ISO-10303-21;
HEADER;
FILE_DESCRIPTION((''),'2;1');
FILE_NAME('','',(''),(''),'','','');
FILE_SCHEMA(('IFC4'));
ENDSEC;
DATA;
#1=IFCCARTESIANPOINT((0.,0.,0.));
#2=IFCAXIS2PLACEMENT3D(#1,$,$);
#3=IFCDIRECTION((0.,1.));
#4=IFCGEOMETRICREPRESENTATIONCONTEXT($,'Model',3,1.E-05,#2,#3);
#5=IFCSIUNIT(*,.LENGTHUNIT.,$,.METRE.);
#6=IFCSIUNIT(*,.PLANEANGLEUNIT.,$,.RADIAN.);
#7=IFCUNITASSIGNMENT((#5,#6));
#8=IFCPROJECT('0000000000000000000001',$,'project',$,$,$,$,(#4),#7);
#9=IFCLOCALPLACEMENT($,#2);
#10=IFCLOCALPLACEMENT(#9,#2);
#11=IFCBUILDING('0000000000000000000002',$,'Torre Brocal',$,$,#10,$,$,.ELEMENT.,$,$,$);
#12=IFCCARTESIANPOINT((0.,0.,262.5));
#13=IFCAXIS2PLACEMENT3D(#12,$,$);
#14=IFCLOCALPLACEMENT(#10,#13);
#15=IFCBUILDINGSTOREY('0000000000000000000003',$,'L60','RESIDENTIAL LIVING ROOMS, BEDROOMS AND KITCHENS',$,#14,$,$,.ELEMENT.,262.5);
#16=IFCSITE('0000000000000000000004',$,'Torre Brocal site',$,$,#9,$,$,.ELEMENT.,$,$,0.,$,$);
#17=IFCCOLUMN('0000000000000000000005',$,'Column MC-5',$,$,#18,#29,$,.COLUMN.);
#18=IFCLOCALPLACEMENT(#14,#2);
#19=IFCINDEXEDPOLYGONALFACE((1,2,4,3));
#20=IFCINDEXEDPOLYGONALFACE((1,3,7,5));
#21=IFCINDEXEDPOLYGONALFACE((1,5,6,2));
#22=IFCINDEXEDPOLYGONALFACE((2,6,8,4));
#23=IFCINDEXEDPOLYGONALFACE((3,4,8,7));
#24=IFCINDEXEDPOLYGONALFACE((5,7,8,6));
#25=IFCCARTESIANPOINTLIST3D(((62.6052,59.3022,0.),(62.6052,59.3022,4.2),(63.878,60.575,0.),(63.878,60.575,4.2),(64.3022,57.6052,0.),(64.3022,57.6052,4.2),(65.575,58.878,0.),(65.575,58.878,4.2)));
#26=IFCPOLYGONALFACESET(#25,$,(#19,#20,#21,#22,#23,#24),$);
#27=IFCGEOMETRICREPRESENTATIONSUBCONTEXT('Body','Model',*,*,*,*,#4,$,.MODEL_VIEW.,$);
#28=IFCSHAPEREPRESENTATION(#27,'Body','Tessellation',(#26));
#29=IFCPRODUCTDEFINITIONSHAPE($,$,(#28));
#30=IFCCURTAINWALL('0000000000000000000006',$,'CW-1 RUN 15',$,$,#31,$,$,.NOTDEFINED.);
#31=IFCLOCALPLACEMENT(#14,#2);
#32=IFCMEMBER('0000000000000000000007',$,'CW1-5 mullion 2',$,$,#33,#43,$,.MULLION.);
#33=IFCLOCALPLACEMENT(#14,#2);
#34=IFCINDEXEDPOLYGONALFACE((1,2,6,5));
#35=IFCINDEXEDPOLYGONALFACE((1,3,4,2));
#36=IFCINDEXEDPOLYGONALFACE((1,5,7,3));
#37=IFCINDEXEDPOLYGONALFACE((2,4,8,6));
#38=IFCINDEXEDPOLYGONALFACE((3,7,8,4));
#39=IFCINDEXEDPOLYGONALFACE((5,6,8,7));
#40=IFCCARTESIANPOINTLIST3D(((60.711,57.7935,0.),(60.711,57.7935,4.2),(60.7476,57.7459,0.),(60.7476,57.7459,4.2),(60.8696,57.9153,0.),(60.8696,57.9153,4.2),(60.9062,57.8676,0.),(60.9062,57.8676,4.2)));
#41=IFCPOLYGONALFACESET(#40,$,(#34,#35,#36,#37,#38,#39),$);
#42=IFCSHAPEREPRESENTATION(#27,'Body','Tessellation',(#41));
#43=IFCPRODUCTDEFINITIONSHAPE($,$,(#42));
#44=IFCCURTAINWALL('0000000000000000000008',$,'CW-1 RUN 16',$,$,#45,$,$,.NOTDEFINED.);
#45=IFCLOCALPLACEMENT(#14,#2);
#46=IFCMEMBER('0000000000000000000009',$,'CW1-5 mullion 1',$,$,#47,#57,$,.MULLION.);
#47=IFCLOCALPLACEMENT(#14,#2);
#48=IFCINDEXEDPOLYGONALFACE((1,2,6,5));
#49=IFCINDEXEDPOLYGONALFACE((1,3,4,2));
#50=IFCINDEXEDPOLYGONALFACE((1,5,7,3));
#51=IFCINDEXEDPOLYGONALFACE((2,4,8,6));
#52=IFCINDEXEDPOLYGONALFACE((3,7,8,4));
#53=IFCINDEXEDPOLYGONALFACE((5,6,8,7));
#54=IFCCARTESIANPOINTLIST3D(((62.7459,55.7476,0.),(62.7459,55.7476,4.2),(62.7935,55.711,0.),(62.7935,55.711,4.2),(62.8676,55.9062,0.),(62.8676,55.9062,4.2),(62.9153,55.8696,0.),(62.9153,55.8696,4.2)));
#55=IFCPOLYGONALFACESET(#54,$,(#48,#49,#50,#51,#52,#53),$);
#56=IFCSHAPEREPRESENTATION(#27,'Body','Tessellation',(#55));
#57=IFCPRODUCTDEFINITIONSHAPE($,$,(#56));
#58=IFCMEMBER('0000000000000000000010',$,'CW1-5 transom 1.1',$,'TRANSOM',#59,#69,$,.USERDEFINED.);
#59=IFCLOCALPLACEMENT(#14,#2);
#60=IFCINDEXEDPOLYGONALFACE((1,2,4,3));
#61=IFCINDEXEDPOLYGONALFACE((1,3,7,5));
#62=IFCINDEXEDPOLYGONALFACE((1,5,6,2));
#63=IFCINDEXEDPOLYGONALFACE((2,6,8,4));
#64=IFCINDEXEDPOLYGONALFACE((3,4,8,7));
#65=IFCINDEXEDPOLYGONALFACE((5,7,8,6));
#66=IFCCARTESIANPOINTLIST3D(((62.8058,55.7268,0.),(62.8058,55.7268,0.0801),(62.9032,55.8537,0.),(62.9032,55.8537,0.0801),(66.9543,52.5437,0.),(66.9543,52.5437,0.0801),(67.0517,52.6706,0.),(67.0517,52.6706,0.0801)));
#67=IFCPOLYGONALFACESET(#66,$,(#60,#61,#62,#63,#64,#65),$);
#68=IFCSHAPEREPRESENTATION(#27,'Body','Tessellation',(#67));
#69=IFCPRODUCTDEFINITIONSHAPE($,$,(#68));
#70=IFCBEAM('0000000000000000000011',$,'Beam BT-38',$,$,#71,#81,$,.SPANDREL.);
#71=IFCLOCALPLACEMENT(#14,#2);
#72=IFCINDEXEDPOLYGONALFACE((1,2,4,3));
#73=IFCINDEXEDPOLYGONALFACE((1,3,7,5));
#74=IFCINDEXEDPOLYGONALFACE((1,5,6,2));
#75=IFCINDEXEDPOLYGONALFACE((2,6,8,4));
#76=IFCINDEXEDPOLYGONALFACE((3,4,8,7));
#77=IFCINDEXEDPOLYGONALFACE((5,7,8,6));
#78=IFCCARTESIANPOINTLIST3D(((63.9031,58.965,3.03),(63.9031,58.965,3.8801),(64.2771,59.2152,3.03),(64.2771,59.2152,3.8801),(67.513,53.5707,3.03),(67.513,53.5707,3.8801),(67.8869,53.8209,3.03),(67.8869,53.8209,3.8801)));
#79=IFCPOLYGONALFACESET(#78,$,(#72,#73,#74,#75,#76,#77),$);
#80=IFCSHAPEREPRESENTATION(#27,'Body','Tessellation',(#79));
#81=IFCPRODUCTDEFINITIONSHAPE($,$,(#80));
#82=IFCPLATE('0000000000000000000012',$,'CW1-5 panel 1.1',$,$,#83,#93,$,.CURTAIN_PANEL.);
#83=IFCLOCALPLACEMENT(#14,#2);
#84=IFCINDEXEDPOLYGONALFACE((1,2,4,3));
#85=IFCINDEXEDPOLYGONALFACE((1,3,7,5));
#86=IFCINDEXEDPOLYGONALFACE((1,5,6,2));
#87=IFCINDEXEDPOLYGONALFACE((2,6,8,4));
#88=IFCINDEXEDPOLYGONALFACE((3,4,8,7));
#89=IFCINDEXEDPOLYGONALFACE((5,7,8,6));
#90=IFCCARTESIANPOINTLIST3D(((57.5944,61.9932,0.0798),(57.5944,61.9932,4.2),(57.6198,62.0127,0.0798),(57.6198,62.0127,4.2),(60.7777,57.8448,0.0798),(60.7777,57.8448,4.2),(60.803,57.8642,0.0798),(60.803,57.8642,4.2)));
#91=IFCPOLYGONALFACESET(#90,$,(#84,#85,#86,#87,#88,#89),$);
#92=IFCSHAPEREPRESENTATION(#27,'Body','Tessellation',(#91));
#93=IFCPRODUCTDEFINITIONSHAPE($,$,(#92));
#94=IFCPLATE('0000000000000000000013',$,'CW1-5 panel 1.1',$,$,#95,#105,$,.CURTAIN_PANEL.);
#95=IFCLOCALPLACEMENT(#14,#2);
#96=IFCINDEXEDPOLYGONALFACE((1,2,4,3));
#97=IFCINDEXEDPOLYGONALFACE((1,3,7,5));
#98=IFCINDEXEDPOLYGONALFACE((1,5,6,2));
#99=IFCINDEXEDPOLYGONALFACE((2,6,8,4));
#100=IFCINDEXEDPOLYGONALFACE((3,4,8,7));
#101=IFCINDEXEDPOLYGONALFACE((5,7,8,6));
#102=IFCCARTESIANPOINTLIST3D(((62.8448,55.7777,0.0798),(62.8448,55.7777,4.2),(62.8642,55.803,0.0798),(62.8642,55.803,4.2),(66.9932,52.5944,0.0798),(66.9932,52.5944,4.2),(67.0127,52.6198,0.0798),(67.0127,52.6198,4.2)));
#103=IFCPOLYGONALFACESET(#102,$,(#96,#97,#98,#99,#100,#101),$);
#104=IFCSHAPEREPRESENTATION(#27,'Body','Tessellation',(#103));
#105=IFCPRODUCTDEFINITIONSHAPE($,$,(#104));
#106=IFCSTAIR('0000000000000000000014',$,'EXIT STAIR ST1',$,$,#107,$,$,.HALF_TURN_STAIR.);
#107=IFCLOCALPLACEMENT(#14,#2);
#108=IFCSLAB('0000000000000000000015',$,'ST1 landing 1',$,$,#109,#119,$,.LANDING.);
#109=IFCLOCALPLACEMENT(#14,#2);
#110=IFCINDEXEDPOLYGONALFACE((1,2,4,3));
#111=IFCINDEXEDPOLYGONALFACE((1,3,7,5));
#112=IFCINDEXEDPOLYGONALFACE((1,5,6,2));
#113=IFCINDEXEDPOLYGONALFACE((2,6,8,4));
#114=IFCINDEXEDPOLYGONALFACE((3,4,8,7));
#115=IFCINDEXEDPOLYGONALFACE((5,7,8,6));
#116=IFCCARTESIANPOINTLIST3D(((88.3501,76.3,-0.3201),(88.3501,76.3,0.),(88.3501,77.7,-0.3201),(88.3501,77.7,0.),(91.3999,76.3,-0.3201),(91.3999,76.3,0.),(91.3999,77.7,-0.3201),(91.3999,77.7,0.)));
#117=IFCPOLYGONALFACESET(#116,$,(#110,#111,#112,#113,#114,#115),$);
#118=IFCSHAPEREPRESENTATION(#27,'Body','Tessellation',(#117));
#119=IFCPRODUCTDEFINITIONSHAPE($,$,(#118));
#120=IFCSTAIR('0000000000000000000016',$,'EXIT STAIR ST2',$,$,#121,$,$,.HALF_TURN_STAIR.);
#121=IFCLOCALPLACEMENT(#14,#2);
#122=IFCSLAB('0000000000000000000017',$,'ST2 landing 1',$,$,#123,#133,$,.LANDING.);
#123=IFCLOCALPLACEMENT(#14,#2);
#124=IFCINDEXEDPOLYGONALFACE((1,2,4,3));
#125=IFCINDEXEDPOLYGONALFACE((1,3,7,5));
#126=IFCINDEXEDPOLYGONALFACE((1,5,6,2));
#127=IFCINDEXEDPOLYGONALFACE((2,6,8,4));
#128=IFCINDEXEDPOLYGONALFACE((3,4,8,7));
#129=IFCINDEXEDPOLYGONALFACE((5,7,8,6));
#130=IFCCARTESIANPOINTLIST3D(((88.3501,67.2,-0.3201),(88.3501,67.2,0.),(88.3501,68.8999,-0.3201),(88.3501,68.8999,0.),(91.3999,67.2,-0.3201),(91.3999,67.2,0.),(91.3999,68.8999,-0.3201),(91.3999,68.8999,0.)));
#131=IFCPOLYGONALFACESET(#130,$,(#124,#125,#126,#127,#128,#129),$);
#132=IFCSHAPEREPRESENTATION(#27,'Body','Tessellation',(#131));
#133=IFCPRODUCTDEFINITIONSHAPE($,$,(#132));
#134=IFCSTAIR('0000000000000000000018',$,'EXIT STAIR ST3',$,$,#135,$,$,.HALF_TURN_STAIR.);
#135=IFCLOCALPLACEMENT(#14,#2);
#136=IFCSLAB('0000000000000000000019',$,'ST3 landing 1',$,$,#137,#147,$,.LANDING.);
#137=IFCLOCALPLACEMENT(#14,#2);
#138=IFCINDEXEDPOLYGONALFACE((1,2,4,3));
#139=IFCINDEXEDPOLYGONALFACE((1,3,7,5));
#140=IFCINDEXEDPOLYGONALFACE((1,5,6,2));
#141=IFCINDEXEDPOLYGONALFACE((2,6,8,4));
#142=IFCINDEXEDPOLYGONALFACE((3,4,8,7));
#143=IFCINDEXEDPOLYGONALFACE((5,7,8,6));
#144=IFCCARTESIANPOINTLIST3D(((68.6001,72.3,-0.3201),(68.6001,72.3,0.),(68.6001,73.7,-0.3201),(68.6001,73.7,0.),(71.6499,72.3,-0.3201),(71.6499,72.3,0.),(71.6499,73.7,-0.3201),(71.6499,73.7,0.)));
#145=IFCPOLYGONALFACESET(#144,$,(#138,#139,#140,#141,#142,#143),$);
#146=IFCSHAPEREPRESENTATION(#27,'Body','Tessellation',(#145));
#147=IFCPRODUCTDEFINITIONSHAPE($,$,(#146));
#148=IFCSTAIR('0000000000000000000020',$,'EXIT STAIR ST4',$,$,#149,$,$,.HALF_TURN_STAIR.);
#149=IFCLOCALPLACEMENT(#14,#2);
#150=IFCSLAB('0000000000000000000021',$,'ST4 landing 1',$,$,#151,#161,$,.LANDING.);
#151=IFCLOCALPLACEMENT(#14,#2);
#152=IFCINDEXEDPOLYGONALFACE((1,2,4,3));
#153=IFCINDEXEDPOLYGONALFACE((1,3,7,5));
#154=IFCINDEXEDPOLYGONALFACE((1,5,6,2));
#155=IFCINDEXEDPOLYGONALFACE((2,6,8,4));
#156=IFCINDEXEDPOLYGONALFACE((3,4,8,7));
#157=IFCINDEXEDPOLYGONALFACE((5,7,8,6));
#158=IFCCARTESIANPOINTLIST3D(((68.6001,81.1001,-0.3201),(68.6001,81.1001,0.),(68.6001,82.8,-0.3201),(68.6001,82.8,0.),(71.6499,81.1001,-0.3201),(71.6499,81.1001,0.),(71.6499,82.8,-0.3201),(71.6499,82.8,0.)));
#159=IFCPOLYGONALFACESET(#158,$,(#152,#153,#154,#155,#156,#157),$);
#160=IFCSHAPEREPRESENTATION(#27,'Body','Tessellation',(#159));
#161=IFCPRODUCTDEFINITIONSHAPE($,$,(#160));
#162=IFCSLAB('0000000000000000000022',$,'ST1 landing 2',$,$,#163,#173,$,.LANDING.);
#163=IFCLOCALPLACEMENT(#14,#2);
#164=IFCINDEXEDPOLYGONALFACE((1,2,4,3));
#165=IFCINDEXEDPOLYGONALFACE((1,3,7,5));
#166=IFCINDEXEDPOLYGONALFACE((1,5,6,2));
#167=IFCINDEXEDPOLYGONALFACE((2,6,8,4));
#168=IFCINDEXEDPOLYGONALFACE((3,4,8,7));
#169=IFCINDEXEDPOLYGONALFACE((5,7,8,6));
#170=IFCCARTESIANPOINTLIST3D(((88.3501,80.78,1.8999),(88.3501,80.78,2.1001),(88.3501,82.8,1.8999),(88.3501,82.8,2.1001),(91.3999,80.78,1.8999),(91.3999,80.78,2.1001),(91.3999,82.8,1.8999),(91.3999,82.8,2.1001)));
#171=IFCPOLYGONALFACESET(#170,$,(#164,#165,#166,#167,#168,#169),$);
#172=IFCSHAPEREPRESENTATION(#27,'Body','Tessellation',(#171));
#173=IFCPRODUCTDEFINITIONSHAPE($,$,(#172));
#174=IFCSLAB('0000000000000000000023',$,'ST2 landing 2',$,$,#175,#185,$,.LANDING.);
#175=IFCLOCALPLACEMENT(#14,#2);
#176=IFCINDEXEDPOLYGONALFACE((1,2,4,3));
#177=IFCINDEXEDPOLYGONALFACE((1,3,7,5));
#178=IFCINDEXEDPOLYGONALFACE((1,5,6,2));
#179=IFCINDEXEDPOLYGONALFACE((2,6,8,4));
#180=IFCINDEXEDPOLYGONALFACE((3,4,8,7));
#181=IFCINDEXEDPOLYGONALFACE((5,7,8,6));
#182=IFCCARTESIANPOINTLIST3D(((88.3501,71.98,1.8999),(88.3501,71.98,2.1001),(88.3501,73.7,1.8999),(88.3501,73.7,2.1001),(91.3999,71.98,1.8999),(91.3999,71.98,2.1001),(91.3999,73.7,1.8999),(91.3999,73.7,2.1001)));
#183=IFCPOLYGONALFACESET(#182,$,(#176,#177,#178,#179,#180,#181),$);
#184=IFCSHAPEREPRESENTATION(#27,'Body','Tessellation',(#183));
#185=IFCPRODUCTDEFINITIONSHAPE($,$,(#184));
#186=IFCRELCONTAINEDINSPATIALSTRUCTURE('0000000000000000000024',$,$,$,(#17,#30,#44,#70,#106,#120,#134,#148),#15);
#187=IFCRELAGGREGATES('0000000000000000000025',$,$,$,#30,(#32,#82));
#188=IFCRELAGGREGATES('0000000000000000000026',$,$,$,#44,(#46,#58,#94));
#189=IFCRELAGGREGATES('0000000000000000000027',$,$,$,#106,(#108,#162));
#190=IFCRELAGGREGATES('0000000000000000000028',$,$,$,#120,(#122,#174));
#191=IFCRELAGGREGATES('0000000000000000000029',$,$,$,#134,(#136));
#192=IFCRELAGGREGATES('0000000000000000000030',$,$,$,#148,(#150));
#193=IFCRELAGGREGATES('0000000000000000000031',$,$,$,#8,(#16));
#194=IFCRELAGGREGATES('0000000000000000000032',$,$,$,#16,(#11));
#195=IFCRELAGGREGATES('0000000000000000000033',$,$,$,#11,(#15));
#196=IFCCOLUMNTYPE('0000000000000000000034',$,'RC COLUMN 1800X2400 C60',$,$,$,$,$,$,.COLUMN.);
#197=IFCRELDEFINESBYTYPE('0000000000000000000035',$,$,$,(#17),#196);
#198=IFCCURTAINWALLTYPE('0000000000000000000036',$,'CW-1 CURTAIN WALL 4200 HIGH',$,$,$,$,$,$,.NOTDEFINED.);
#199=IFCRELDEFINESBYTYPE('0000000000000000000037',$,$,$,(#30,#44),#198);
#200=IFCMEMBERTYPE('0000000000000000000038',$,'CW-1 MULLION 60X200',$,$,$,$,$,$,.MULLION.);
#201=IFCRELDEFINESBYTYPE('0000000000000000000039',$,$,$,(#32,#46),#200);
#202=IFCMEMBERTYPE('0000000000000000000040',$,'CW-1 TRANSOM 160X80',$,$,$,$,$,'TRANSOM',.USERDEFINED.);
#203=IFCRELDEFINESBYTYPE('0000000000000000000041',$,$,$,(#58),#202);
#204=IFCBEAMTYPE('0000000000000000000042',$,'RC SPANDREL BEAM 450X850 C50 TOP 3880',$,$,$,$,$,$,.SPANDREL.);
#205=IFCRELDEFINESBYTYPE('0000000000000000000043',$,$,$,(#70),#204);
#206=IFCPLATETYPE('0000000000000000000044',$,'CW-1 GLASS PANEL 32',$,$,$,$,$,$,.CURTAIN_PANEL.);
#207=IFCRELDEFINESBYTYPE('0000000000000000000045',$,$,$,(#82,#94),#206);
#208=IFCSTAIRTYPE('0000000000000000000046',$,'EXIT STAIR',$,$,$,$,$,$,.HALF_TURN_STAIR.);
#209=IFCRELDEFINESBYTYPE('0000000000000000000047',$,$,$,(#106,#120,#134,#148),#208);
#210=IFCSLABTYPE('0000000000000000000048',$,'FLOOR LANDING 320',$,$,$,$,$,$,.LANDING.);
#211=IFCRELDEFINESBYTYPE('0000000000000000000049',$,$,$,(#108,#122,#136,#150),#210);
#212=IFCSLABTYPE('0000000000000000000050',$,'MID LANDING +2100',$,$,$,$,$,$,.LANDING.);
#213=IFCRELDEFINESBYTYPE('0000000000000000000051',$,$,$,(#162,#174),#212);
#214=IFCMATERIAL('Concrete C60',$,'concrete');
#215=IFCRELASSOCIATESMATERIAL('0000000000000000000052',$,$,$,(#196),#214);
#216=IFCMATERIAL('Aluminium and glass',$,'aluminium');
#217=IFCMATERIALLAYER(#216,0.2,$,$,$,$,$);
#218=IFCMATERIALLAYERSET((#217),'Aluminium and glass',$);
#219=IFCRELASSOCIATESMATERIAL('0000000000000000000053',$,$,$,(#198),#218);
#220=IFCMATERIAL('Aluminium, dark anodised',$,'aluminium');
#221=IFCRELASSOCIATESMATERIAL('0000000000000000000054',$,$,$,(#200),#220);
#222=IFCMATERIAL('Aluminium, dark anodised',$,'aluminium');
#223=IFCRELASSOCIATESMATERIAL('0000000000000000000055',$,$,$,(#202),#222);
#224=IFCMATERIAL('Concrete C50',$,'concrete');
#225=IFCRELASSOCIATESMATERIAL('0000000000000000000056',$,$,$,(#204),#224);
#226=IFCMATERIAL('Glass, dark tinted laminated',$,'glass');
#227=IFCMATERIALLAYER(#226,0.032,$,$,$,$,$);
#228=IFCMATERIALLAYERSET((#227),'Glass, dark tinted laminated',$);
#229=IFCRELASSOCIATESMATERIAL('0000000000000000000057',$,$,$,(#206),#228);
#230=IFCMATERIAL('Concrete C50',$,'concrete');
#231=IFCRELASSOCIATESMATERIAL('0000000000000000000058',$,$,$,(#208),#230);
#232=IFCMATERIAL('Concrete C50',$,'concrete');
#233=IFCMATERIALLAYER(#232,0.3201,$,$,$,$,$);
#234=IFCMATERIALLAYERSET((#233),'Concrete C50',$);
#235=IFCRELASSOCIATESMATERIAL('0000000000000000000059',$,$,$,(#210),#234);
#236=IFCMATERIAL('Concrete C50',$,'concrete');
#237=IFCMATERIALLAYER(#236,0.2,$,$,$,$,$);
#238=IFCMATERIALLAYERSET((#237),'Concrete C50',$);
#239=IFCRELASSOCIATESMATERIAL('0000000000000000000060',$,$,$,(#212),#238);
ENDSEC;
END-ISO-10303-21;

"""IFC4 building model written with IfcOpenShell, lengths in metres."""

from ifc_helpers import new_model, si_unit, direction, frame, origin, origin_2d, place, context, subcontext, project, spatial, polyline, rectangle, outline, extrude, material, layer, layer_set, material_profile, profile_set, type_object, element, aggregate, save


model = new_model("IFC4")

# Units and contexts
model_context = context("Model", 3, precision=1e-05, world=origin(), true_north=direction((0.0, 1.0)))
body_context = subcontext(model_context, "Body", "Model", "MODEL_VIEW")
ifc_project = project(units=[si_unit("LENGTHUNIT", "METRE"), si_unit("PLANEANGLEUNIT", "RADIAN")], contexts=[model_context])

# Site, building, storey
site_placement = place(None, origin())
site = spatial("IfcSite", under=ifc_project, at=site_placement, Name="Torre Brocal site", CompositionType="ELEMENT", RefElevation=0.0)
building_placement = place(site_placement, origin())
building = spatial("IfcBuilding", under=site, at=building_placement, Name="Torre Brocal", CompositionType="ELEMENT")
storey_placement = place(building_placement, frame((0.0, 0.0, 262.5)))
storey = spatial("IfcBuildingStorey", under=building, at=storey_placement, Name="L60", Description="RESIDENTIAL LIVING ROOMS, BEDROOMS AND KITCHENS", CompositionType="ELEMENT", Elevation=262.5)

# Column
ifc_material_1 = material(Name="Concrete C60", Category="concrete")
ifc_material_profile_1 = material_profile(ifc_material_1, rectangle(XDim=1.8, YDim=2.3999, at=origin_2d()), Name="RC 1800X2400")
ifc_profile_set_1 = profile_set([ifc_material_profile_1], Name="Concrete C60")
column_type = type_object("IfcColumnType", Name="RC COLUMN 1800X2400 C60", PredefinedType="COLUMN", material=ifc_profile_set_1)
column_placement = place(storey_placement, frame((64.0901, 59.0901, 0.0), z_axis=(0.0, 0.0, 1.0), x_axis=(-0.707107, -0.707107, 0.0)))
element("IfcColumn", 1, at=column_placement, inside=storey, type_object=column_type, Name="Column MC-5", PredefinedType="COLUMN", context=body_context, shape_type="SweptSolid", body=[
    extrude(rectangle(XDim=1.8, YDim=2.3999, at=origin_2d()), origin(), (0.0, 0.0, 1.0), 4.2),
])

# Curtain wall, member
ifc_material_2 = material(Name="Aluminium and glass", Category="aluminium")
ifc_layer_1 = layer(ifc_material_2, 0.2)
ifc_layer_set_1 = layer_set([ifc_layer_1], Name="Aluminium and glass")
curtain_wall_type = type_object("IfcCurtainWallType", Name="CW-1 CURTAIN WALL 4200 HIGH", PredefinedType="NOTDEFINED", material=ifc_layer_set_1)
curtain_wall_1_placement = place(storey_placement, origin())
curtain_wall_1 = element("IfcCurtainWall", 2, at=curtain_wall_1_placement, inside=storey, type_object=curtain_wall_type, Name="CW-1 RUN 15", PredefinedType="NOTDEFINED")
ifc_material_3 = material(Name="Aluminium, dark anodised", Category="aluminium")
ifc_material_profile_2 = material_profile(ifc_material_3, rectangle(XDim=0.2, YDim=0.0601, at=origin_2d()), Name="CW-1 MULLION 60X200")
ifc_profile_set_2 = profile_set([ifc_material_profile_2], Name="Aluminium, dark anodised")
member_type_1 = type_object("IfcMemberType", Name="CW-1 MULLION 60X200", PredefinedType="MULLION", material=ifc_profile_set_2)
member_1_placement = place(storey_placement, frame((60.8086, 57.8306, 0.0), z_axis=(0.0, 0.0, 1.0), x_axis=(0.793353, 0.608761, 0.0)))
member_1 = element("IfcMember", 3, at=member_1_placement, type_object=member_type_1, Name="CW1-5 mullion 2", PredefinedType="MULLION", context=body_context, shape_type="SweptSolid", body=[
    extrude(rectangle(XDim=0.2, YDim=0.0601, at=origin_2d()), origin(), (0.0, 0.0, 1.0), 4.2),
])

# Curtain wall, members
curtain_wall_2_placement = place(storey_placement, origin())
curtain_wall_2 = element("IfcCurtainWall", 4, at=curtain_wall_2_placement, inside=storey, type_object=curtain_wall_type, Name="CW-1 RUN 16", PredefinedType="NOTDEFINED")
member_2_placement = place(storey_placement, frame((62.8306, 55.8086, 0.0), z_axis=(0.0, 0.0, 1.0), x_axis=(0.608761, 0.793353, 0.0)))
member_2 = element("IfcMember", 5, at=member_2_placement, type_object=member_type_1, Name="CW1-5 mullion 1", PredefinedType="MULLION", context=body_context, shape_type="SweptSolid", body=[
    extrude(rectangle(XDim=0.2, YDim=0.0601, at=origin_2d()), origin(), (0.0, 0.0, 1.0), 4.2),
])
ifc_material_4 = material(Name="Aluminium, dark anodised", Category="aluminium")
ifc_material_profile_3 = material_profile(ifc_material_4, rectangle(XDim=0.1599, YDim=0.0801, at=origin_2d()), Name="CW-1 TRANSOM 160X80")
ifc_profile_set_3 = profile_set([ifc_material_profile_3], Name="Aluminium, dark anodised")
member_type_2 = type_object("IfcMemberType", Name="CW-1 TRANSOM 160X80", ElementType="TRANSOM", PredefinedType="USERDEFINED", material=ifc_profile_set_3)
member_3_placement = place(storey_placement, frame((62.8545, 55.7903, 0.04), z_axis=(0.793363, -0.608749, 0.0), x_axis=(0.608749, 0.793363, 0.0)))
member_3 = element("IfcMember", 6, at=member_3_placement, type_object=member_type_2, Name="CW1-5 transom 1.1", ObjectType="TRANSOM", PredefinedType="USERDEFINED", context=body_context, shape_type="SweptSolid", body=[
    extrude(rectangle(XDim=0.1599, YDim=0.0801, at=origin_2d()), origin(), (0.0, 0.0, 1.0), 5.229),
])

# Beam
ifc_material_5 = material(Name="Concrete C50", Category="concrete")
ifc_material_profile_4 = material_profile(ifc_material_5, rectangle(XDim=0.45, YDim=0.8501, at=origin_2d()), Name="RC 450X850")
ifc_profile_set_4 = profile_set([ifc_material_profile_4], Name="Concrete C50")
beam_type = type_object("IfcBeamType", Name="RC SPANDREL BEAM 450X850 C50 TOP 3880", PredefinedType="SPANDREL", material=ifc_profile_set_4)
beam_placement = place(storey_placement, frame((64.0901, 59.0901, 3.4551), z_axis=(0.556158, -0.831077, 0.0), x_axis=(0.831077, 0.556158, 0.0)))
element("IfcBeam", 7, at=beam_placement, inside=storey, type_object=beam_type, Name="Beam BT-38", PredefinedType="SPANDREL", context=body_context, shape_type="SweptSolid", body=[
    extrude(rectangle(XDim=0.45, YDim=0.8501, at=origin_2d()), origin(), (0.0, 0.0, 1.0), 6.4907),
])

# Plates
ifc_material_6 = material(Name="Glass, dark tinted laminated", Category="glass")
ifc_layer_2 = layer(ifc_material_6, 0.032)
ifc_layer_set_2 = layer_set([ifc_layer_2], Name="Glass, dark tinted laminated")
plate_type = type_object("IfcPlateType", Name="CW-1 GLASS PANEL 32", PredefinedType="CURTAIN_PANEL", material=ifc_layer_set_2)
plate_1_placement = place(storey_placement, frame((59.1987, 59.9287, 0.0798), z_axis=(0.0, 0.0, 1.0), x_axis=(0.608761, -0.793353, 0.0)))
plate_1 = element("IfcPlate", 8, at=plate_1_placement, type_object=plate_type, Name="CW1-5 panel 1.1", PredefinedType="CURTAIN_PANEL", context=body_context, shape_type="SweptSolid", body=[
    extrude(rectangle(XDim=5.229, YDim=0.032, at=origin_2d()), origin(), (0.0, 0.0, 1.0), 4.1201),
])
aggregate(curtain_wall_1, [member_1, plate_1])
plate_2_placement = place(storey_placement, frame((64.9287, 54.1987, 0.0798), z_axis=(0.0, 0.0, 1.0), x_axis=(0.793353, -0.608761, 0.0)))
plate_2 = element("IfcPlate", 9, at=plate_2_placement, type_object=plate_type, Name="CW1-5 panel 1.1", PredefinedType="CURTAIN_PANEL", context=body_context, shape_type="SweptSolid", body=[
    extrude(rectangle(XDim=5.229, YDim=0.032, at=origin_2d()), origin(), (0.0, 0.0, 1.0), 4.1201),
])
aggregate(curtain_wall_2, [member_2, member_3, plate_2])

# Stairs, slabs
ifc_material_7 = material(Name="Concrete C50", Category="concrete")
stair_type = type_object("IfcStairType", Name="EXIT STAIR", PredefinedType="HALF_TURN_STAIR", material=ifc_material_7)
stair_1_placement = place(storey_placement, origin())
stair_1 = element("IfcStair", 10, at=stair_1_placement, inside=storey, type_object=stair_type, Name="EXIT STAIR ST1", PredefinedType="HALF_TURN_STAIR")
ifc_material_8 = material(Name="Concrete C50", Category="concrete")
ifc_layer_3 = layer(ifc_material_8, 0.3201)
ifc_layer_set_3 = layer_set([ifc_layer_3], Name="Concrete C50")
slab_type_1 = type_object("IfcSlabType", Name="FLOOR LANDING 320", PredefinedType="LANDING", material=ifc_layer_set_3)
slab_1_placement = place(storey_placement, frame((0.0, 0.0, -0.3201)))
slab_1 = element("IfcSlab", 11, at=slab_1_placement, type_object=slab_type_1, Name="ST1 landing 1", PredefinedType="LANDING", context=body_context, shape_type="SweptSolid", body=[
    extrude(outline(polyline([(88.3501, 76.3), (91.3999, 76.3), (91.3999, 77.7), (88.3501, 77.7), (88.3501, 76.3)])), origin(), (0.0, 0.0, 1.0), 0.3201),
])
stair_2_placement = place(storey_placement, origin())
stair_2 = element("IfcStair", 12, at=stair_2_placement, inside=storey, type_object=stair_type, Name="EXIT STAIR ST2", PredefinedType="HALF_TURN_STAIR")
slab_2_placement = place(storey_placement, frame((0.0, 0.0, -0.3201)))
slab_2 = element("IfcSlab", 13, at=slab_2_placement, type_object=slab_type_1, Name="ST2 landing 1", PredefinedType="LANDING", context=body_context, shape_type="SweptSolid", body=[
    extrude(outline(polyline([(88.3501, 67.2), (91.3999, 67.2), (91.3999, 68.8999), (88.3501, 68.8999), (88.3501, 67.2)])), origin(), (0.0, 0.0, 1.0), 0.3201),
])
stair_3_placement = place(storey_placement, origin())
stair_3 = element("IfcStair", 14, at=stair_3_placement, inside=storey, type_object=stair_type, Name="EXIT STAIR ST3", PredefinedType="HALF_TURN_STAIR")
slab_3_placement = place(storey_placement, frame((0.0, 0.0, -0.3201)))
slab_3 = element("IfcSlab", 15, at=slab_3_placement, type_object=slab_type_1, Name="ST3 landing 1", PredefinedType="LANDING", context=body_context, shape_type="SweptSolid", body=[
    extrude(outline(polyline([(71.6499, 73.7), (68.6001, 73.7), (68.6001, 72.3), (71.6499, 72.3), (71.6499, 73.7)])), origin(), (0.0, 0.0, 1.0), 0.3201),
])
stair_4_placement = place(storey_placement, origin())
stair_4 = element("IfcStair", 16, at=stair_4_placement, inside=storey, type_object=stair_type, Name="EXIT STAIR ST4", PredefinedType="HALF_TURN_STAIR")
slab_4_placement = place(storey_placement, frame((0.0, 0.0, -0.3201)))
slab_4 = element("IfcSlab", 17, at=slab_4_placement, type_object=slab_type_1, Name="ST4 landing 1", PredefinedType="LANDING", context=body_context, shape_type="SweptSolid", body=[
    extrude(outline(polyline([(71.6499, 82.8), (68.6001, 82.8), (68.6001, 81.1001), (71.6499, 81.1001), (71.6499, 82.8)])), origin(), (0.0, 0.0, 1.0), 0.3201),
])

# Slabs
ifc_material_9 = material(Name="Concrete C50", Category="concrete")
ifc_layer_4 = layer(ifc_material_9, 0.2)
ifc_layer_set_4 = layer_set([ifc_layer_4], Name="Concrete C50")
slab_type_2 = type_object("IfcSlabType", Name="MID LANDING +2100", PredefinedType="LANDING", material=ifc_layer_set_4)
slab_5_placement = place(storey_placement, frame((0.0, 0.0, 1.8999)))
slab_5 = element("IfcSlab", 18, at=slab_5_placement, type_object=slab_type_2, Name="ST1 landing 2", PredefinedType="LANDING", context=body_context, shape_type="SweptSolid", body=[
    extrude(outline(polyline([(88.3501, 80.78), (91.3999, 80.78), (91.3999, 82.8), (88.3501, 82.8), (88.3501, 80.78)])), origin(), (0.0, 0.0, 1.0), 0.2002),
])
aggregate(stair_1, [slab_1, slab_5])
slab_6_placement = place(storey_placement, frame((0.0, 0.0, 1.8999)))
slab_6 = element("IfcSlab", 19, at=slab_6_placement, type_object=slab_type_2, Name="ST2 landing 2", PredefinedType="LANDING", context=body_context, shape_type="SweptSolid", body=[
    extrude(outline(polyline([(88.3501, 71.98), (91.3999, 71.98), (91.3999, 73.7), (88.3501, 73.7), (88.3501, 71.98)])), origin(), (0.0, 0.0, 1.0), 0.2002),
])
aggregate(stair_2, [slab_2, slab_6])
aggregate(stair_3, [slab_3])
aggregate(stair_4, [slab_4])

save(model, "model.ifc")
